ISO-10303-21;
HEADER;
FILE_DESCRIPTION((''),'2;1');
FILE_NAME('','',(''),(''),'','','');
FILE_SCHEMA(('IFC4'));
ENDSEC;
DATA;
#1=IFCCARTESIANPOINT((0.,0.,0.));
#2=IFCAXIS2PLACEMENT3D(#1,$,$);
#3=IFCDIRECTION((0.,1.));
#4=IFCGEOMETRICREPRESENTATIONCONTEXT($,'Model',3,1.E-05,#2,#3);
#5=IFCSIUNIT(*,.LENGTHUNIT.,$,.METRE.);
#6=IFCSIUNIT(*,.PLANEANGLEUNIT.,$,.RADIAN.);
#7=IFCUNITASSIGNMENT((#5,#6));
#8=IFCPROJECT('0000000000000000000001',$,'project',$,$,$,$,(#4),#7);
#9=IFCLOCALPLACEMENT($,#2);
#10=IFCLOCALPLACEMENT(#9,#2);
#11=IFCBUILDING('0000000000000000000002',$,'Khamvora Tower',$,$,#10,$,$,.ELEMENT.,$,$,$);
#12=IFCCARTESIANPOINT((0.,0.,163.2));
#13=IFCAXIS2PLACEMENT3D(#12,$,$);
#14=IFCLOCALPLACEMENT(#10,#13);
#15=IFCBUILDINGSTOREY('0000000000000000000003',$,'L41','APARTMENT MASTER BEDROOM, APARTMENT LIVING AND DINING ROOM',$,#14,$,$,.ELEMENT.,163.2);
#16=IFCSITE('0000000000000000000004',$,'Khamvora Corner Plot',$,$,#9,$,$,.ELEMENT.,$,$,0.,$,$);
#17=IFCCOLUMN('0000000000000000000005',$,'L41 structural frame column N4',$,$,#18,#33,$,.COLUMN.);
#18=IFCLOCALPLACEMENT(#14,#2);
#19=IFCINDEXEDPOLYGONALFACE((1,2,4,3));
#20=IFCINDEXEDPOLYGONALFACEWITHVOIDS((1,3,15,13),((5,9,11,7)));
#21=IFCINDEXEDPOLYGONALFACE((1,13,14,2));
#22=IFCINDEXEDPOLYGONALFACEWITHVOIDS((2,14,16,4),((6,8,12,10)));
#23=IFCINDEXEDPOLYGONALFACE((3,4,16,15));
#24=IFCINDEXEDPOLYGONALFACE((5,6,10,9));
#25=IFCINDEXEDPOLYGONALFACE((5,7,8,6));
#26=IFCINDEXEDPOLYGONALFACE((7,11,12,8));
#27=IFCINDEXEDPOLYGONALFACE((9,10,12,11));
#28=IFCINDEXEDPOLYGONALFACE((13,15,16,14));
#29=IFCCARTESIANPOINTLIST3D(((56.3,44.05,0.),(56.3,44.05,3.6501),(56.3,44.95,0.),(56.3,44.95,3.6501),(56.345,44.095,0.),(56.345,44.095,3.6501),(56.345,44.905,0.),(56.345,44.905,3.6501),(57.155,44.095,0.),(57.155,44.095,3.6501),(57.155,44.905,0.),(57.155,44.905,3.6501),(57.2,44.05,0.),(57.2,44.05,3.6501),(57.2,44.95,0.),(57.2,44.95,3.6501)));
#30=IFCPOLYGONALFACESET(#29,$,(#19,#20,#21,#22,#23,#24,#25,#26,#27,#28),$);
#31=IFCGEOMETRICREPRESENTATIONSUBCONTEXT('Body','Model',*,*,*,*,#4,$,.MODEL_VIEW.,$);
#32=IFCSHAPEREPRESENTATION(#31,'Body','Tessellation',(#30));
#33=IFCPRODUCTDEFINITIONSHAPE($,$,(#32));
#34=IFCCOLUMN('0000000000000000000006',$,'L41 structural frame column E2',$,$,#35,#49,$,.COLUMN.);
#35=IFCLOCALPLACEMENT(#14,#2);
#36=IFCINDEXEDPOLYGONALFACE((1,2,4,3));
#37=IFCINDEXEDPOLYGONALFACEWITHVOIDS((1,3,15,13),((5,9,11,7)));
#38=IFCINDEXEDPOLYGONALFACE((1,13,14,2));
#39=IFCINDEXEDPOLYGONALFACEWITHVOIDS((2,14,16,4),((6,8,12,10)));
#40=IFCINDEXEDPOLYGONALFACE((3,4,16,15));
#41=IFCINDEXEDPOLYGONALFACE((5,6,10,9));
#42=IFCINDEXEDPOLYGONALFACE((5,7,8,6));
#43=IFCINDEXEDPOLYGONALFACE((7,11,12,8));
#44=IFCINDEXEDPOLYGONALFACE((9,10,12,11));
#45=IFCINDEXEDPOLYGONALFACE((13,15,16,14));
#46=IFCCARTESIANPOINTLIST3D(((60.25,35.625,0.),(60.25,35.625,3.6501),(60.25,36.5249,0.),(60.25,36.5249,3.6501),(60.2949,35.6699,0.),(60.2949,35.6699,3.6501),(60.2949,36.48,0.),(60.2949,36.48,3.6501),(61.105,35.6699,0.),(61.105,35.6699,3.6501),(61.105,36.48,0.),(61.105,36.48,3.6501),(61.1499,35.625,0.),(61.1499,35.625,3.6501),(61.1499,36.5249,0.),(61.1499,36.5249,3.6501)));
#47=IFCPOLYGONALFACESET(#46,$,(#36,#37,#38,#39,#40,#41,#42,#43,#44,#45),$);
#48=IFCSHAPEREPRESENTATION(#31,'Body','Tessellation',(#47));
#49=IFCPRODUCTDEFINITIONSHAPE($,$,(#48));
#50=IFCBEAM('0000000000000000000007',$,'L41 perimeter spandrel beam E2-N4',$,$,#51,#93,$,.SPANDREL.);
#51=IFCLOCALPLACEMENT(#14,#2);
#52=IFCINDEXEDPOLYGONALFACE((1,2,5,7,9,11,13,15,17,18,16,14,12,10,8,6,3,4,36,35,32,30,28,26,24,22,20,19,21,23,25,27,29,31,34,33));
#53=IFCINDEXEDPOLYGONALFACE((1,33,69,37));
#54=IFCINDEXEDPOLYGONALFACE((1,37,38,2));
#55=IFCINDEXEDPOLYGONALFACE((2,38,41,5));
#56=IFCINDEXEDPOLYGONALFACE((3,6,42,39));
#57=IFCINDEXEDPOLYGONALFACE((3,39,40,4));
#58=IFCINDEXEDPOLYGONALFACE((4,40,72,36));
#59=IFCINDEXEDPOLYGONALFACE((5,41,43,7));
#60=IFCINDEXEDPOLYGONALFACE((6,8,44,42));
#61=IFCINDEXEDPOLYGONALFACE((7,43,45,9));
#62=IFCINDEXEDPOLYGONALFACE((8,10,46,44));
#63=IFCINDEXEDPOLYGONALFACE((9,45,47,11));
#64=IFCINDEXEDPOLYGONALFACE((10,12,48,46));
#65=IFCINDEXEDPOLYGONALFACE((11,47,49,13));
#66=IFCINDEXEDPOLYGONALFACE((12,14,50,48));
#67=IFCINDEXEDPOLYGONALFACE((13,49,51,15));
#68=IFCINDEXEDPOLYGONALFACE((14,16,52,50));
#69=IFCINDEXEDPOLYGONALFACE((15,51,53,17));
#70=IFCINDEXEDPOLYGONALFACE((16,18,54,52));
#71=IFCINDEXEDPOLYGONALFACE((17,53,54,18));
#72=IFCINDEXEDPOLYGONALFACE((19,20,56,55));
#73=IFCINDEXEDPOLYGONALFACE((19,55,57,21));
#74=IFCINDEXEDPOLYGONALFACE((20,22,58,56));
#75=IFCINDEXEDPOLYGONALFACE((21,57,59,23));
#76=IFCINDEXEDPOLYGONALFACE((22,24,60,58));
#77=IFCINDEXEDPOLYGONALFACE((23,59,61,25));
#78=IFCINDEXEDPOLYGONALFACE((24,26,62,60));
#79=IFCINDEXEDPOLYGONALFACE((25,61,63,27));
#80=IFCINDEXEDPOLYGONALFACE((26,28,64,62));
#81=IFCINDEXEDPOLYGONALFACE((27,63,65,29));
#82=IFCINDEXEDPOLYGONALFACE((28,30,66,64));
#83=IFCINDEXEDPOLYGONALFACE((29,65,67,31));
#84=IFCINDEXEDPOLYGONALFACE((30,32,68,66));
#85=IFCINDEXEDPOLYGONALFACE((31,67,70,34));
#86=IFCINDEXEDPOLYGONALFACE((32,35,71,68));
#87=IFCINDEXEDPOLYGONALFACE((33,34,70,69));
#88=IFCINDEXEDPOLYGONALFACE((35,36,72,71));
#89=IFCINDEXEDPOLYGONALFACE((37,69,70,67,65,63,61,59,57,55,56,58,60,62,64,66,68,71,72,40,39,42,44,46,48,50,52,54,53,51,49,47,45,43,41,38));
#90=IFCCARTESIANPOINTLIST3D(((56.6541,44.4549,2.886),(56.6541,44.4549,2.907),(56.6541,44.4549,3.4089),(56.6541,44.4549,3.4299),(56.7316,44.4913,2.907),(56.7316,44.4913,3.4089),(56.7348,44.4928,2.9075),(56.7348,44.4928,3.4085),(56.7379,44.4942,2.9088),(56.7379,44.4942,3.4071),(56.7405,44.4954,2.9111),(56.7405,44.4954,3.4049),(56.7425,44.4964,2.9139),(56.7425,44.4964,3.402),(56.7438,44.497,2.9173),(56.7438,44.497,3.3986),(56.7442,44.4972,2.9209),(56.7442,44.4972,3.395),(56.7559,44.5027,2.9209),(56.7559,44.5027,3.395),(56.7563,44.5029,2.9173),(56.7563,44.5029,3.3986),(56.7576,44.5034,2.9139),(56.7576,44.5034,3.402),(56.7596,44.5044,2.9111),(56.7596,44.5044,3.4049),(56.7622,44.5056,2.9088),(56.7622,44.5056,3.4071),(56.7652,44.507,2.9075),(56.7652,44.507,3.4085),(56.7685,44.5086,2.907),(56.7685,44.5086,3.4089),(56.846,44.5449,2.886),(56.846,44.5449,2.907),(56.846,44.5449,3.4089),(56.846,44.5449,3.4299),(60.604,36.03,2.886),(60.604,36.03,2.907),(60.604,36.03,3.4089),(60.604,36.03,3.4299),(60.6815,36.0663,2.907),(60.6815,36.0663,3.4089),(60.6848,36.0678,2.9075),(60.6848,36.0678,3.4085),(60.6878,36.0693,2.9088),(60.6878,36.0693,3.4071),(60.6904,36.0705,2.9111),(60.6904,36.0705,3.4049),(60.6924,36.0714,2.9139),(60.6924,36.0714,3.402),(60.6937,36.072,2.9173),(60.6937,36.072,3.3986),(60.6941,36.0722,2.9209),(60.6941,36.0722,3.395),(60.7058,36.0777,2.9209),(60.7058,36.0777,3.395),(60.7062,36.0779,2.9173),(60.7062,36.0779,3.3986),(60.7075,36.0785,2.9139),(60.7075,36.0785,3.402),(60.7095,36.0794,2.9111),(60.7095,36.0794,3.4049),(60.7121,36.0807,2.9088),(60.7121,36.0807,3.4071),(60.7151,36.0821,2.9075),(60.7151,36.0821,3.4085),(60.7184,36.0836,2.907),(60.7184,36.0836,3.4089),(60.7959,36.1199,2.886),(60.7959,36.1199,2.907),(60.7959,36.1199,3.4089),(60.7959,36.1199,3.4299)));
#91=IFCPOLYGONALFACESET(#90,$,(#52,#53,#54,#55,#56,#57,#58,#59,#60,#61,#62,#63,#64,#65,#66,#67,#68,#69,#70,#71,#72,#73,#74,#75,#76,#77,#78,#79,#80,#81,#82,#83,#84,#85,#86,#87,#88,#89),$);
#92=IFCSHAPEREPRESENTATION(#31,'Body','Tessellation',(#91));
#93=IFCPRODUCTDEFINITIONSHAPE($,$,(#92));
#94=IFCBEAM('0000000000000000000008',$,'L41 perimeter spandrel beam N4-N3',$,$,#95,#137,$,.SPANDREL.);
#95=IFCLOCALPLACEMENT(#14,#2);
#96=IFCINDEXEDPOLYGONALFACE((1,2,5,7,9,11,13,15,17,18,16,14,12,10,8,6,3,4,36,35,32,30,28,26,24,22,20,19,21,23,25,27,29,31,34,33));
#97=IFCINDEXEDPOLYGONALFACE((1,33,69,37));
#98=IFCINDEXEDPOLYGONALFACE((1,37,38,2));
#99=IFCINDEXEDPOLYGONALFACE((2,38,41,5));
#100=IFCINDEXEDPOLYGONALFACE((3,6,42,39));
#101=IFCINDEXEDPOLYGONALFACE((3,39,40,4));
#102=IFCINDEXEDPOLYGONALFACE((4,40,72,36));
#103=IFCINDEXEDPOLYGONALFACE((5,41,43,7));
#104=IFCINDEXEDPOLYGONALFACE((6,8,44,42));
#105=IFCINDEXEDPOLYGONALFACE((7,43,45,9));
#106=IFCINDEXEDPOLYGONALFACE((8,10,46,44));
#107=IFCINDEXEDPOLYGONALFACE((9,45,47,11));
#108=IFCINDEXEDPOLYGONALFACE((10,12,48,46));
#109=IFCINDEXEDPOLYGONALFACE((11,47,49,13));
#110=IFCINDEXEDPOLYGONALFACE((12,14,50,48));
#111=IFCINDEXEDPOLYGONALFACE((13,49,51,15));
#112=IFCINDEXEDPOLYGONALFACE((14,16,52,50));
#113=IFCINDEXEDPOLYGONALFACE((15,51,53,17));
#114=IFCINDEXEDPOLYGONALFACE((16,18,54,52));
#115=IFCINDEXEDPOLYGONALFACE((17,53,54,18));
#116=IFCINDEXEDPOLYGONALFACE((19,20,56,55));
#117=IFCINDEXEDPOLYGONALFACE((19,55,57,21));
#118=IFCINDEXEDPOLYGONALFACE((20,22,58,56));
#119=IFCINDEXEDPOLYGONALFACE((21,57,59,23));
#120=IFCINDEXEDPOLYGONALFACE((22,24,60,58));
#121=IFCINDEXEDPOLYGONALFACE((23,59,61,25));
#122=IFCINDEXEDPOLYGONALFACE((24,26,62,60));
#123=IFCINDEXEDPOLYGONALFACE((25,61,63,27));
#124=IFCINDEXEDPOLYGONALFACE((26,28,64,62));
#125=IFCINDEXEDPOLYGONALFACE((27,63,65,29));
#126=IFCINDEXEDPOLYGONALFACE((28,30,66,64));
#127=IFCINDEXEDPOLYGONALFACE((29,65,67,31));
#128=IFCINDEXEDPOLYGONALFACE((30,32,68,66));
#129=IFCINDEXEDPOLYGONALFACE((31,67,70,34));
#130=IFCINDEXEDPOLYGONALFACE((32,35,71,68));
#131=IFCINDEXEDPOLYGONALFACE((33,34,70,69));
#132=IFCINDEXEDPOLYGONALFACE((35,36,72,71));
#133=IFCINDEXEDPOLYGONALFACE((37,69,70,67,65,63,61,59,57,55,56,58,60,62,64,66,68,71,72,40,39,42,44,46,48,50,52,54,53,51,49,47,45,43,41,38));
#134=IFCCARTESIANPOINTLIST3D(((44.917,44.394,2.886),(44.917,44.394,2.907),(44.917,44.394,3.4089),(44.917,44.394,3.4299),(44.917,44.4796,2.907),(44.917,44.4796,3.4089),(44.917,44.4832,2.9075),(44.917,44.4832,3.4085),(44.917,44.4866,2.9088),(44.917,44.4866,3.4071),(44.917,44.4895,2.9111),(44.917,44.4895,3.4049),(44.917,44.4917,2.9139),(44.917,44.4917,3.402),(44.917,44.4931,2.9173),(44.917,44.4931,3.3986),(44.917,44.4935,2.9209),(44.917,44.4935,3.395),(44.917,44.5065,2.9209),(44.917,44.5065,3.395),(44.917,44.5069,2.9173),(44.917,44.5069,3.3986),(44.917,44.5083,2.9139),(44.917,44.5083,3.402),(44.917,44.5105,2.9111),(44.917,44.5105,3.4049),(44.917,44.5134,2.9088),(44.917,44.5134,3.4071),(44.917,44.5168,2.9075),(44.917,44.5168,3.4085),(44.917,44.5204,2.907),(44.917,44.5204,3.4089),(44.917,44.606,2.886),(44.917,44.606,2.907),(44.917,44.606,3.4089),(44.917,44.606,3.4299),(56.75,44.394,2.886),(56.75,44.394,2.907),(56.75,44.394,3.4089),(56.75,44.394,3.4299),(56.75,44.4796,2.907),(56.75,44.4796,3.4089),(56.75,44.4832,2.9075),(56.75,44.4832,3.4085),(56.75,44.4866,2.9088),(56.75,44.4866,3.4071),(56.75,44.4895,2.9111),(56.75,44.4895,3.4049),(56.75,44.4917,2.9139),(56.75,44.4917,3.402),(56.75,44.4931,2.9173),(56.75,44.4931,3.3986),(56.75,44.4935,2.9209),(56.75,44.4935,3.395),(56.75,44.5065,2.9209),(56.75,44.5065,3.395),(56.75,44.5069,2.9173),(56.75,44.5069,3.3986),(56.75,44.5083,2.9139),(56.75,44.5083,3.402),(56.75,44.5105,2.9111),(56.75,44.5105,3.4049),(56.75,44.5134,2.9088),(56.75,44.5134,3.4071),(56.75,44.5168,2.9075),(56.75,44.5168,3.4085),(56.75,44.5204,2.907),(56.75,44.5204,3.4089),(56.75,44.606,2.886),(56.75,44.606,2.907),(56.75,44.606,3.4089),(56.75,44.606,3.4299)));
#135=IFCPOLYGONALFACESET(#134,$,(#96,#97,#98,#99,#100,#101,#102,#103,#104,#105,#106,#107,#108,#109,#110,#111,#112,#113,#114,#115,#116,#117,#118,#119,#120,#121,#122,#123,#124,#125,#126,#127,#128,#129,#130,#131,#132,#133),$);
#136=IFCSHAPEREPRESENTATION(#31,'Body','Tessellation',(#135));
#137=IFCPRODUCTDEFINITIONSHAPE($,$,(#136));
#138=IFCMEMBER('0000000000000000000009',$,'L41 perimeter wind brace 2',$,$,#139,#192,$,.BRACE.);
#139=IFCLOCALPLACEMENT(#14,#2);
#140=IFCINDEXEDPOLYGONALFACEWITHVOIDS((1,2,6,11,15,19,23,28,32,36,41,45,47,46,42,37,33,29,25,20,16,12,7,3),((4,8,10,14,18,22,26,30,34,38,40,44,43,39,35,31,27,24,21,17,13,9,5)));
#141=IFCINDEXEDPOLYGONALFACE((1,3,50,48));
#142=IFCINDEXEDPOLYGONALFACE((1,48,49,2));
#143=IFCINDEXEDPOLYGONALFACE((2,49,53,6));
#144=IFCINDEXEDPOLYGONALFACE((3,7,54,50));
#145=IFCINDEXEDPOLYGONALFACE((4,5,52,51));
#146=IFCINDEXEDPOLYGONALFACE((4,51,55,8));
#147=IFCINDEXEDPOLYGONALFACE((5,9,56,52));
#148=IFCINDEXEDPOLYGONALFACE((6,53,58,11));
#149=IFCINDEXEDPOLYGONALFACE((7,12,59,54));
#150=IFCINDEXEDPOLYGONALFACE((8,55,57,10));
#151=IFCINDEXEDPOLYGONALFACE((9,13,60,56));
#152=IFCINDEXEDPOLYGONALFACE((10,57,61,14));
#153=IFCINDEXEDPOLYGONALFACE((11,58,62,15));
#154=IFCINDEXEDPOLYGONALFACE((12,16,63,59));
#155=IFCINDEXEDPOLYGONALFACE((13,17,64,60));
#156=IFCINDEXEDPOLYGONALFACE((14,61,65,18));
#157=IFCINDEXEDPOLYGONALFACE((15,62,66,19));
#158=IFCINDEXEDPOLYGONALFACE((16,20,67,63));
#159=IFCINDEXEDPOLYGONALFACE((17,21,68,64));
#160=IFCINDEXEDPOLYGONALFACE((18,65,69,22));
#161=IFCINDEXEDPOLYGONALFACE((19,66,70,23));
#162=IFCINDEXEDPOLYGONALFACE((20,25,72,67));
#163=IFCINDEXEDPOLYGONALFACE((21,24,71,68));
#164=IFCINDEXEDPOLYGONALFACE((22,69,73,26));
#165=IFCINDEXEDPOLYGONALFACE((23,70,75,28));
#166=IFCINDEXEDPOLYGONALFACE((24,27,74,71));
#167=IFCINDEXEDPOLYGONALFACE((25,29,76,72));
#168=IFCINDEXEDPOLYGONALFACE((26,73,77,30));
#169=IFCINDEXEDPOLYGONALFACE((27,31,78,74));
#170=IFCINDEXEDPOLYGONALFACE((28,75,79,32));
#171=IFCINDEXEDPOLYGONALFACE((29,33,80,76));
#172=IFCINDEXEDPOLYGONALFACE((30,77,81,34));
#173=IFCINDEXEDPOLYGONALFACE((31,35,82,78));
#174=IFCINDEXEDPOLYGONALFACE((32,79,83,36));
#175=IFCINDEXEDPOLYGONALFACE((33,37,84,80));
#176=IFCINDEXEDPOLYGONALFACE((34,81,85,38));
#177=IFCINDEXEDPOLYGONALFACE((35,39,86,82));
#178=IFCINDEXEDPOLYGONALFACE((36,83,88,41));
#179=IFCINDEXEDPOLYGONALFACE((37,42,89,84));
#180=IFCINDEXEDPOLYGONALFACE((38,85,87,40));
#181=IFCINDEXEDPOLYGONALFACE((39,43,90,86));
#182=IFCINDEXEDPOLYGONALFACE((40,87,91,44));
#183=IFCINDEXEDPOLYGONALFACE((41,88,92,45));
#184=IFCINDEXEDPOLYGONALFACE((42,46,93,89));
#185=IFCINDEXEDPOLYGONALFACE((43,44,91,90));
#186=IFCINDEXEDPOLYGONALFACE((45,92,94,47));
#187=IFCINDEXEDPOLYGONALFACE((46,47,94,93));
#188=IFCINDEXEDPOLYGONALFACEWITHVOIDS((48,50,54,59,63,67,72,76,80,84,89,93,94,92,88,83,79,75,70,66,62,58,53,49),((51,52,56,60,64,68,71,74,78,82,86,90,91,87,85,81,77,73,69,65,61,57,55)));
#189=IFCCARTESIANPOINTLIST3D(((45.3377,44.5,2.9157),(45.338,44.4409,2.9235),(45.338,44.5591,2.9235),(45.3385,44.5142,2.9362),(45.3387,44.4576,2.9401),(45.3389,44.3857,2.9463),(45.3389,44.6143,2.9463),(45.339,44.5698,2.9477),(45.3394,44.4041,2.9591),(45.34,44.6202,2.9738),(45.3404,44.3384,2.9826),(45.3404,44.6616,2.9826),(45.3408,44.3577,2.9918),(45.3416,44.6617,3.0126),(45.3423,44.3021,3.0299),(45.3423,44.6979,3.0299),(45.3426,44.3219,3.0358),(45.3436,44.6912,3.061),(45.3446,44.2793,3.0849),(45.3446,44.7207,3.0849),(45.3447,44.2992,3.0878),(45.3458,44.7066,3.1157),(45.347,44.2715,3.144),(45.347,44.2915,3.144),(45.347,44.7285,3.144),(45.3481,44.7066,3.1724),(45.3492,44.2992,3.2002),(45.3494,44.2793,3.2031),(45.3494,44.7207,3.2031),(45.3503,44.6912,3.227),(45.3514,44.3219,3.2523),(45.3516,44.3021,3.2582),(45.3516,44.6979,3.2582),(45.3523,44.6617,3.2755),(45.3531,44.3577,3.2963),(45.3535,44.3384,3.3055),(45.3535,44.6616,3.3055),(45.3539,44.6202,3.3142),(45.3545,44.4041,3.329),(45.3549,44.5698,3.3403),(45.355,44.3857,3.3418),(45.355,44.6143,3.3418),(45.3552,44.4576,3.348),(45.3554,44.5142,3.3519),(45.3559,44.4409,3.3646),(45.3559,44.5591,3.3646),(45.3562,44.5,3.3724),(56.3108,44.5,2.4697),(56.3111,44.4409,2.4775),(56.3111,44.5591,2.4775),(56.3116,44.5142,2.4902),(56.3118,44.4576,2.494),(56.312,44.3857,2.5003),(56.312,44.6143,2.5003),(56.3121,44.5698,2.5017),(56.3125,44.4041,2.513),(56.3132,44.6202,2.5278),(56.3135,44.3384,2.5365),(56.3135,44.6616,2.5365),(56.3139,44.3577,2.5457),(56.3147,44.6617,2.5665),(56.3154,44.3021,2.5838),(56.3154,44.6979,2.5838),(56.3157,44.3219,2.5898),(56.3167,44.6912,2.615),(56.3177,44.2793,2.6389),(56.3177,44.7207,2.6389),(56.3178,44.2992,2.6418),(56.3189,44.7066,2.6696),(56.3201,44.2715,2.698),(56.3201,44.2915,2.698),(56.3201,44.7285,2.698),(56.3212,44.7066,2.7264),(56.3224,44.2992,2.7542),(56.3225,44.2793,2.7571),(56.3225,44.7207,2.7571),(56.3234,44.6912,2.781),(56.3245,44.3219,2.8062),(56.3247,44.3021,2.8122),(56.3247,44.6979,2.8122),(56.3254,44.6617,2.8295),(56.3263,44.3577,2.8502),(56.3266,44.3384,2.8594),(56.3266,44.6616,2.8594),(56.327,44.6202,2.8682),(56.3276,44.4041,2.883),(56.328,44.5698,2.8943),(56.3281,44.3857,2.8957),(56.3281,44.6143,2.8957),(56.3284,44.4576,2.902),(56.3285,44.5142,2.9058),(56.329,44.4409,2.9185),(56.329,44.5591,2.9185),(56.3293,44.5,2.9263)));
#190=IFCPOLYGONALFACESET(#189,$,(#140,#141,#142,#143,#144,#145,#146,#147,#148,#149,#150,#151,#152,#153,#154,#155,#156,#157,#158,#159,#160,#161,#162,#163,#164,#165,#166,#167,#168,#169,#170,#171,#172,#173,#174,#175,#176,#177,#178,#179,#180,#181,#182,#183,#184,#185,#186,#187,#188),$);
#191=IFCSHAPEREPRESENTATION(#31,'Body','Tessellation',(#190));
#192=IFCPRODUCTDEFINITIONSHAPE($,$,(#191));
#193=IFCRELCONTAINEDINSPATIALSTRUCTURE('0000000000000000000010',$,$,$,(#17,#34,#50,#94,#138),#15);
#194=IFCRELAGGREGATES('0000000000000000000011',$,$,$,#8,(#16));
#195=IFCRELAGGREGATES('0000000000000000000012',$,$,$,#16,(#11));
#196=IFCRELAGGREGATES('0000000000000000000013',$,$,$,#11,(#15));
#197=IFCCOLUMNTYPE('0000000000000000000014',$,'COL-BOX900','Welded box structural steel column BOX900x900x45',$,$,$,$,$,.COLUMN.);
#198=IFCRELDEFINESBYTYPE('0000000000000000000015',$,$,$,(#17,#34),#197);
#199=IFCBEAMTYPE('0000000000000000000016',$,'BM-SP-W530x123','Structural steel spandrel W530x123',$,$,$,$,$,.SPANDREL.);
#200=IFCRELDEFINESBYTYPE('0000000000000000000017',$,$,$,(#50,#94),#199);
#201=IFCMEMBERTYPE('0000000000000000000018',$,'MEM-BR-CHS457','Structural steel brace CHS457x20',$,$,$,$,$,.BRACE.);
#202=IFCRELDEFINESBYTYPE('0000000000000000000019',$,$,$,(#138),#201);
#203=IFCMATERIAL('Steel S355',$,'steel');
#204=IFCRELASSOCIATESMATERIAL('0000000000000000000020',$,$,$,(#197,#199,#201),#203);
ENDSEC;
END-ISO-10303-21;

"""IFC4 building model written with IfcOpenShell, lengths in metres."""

from ifc_helpers import new_model, si_unit, direction, frame, origin, origin_2d, place, context, subcontext, project, spatial, hollow_rectangle, hollow_circle, i_section, extrude, material, material_profile, profile_set, type_object, element, save


model = new_model("IFC4")

# Units and contexts
model_context = context("Model", 3, precision=1e-05, world=origin(), true_north=direction((0.0, 1.0)))
body_context = subcontext(model_context, "Body", "Model", "MODEL_VIEW")
ifc_project = project(units=[si_unit("LENGTHUNIT", "METRE"), si_unit("PLANEANGLEUNIT", "RADIAN")], contexts=[model_context])

# Site, building, storey
site_placement = place(None, origin())
site = spatial("IfcSite", under=ifc_project, at=site_placement, Name="Khamvora Corner Plot", CompositionType="ELEMENT", RefElevation=0.0)
building_placement = place(site_placement, origin())
building = spatial("IfcBuilding", under=site, at=building_placement, Name="Khamvora Tower", CompositionType="ELEMENT")
storey_placement = place(building_placement, frame((0.0, 0.0, 163.2)))
storey = spatial("IfcBuildingStorey", under=building, at=storey_placement, Name="L41", Description="APARTMENT MASTER BEDROOM, APARTMENT LIVING AND DINING ROOM", CompositionType="ELEMENT", Elevation=163.2)

# Columns
ifc_material_1 = material(Name="Steel S355", Category="steel")
ifc_material_profile_1 = material_profile(ifc_material_1, hollow_rectangle(XDim=0.8999, YDim=0.8999, WallThickness=0.0449, at=origin_2d()), Name="BOX900x900x45")
ifc_profile_set_1 = profile_set([ifc_material_profile_1], Name="Steel S355")
column_type = type_object("IfcColumnType", Name="COL-BOX900", Description="Welded box structural steel column BOX900x900x45", PredefinedType="COLUMN", material=ifc_profile_set_1)
for number, where, z_axis, x_axis, name in (
    (1, (56.75, 44.5, 0.0), (0.0, 0.0, 1.0), (1.0, 0.0, 0.0), "L41 structural frame column N4"),
    (2, (60.7, 36.075, 0.0), (0.0, 0.0, 1.0), (1.0, 0.0, 0.0), "L41 structural frame column E2"),
):
    element("IfcColumn", number, at=place(storey_placement, frame(where, z_axis=z_axis, x_axis=x_axis)), inside=storey, type_object=column_type, Name=name, PredefinedType="COLUMN", context=body_context, shape_type="SweptSolid", body=[
        extrude(hollow_rectangle(XDim=0.8999, YDim=0.8999, WallThickness=0.0449, at=origin_2d()), origin(), (0.0, 0.0, 1.0), 3.6501),
    ])

# Beams
ifc_material_profile_2 = material_profile(ifc_material_1, i_section(OverallWidth=0.2119, OverallDepth=0.5439, WebThickness=0.0129, FlangeThickness=0.021, FilletRadius=0.0139, at=origin_2d()), Name="W530x123")
ifc_profile_set_2 = profile_set([ifc_material_profile_2], Name="Steel S355")
beam_type = type_object("IfcBeamType", Name="BM-SP-W530x123", Description="Structural steel spandrel W530x123", PredefinedType="SPANDREL", material=ifc_profile_set_2)
beam_1_placement = place(storey_placement, frame((60.7, 36.075, 3.158), z_axis=(-0.424496, 0.90543, 0.0), x_axis=(-0.90543, -0.424496, 0.0)))
element("IfcBeam", 3, at=beam_1_placement, inside=storey, type_object=beam_type, Name="L41 perimeter spandrel beam E2-N4", PredefinedType="SPANDREL", context=body_context, shape_type="SweptSolid", body=[
    extrude(i_section(OverallWidth=0.2119, OverallDepth=0.5439, WebThickness=0.0129, FlangeThickness=0.021, FilletRadius=0.0139, at=origin_2d()), origin(), (0.0, 0.0, 1.0), 9.3049),
])
beam_2_placement = place(storey_placement, frame((56.75, 44.5, 3.158), z_axis=(-1.0, 0.0, 0.0), x_axis=(0.0, -1.0, 0.0)))
element("IfcBeam", 4, at=beam_2_placement, inside=storey, type_object=beam_type, Name="L41 perimeter spandrel beam N4-N3", PredefinedType="SPANDREL", context=body_context, shape_type="SweptSolid", body=[
    extrude(i_section(OverallWidth=0.2119, OverallDepth=0.5439, WebThickness=0.0129, FlangeThickness=0.021, FilletRadius=0.0139, at=origin_2d()), origin(), (0.0, 0.0, 1.0), 11.833),
])

# Member
ifc_material_profile_3 = material_profile(ifc_material_1, hollow_circle(Radius=0.2285, WallThickness=0.02, at=origin_2d()), Name="CHS457x20")
ifc_profile_set_3 = profile_set([ifc_material_profile_3], Name="Steel S355")
member_type = type_object("IfcMemberType", Name="MEM-BR-CHS457", Description="Structural steel brace CHS457x20", PredefinedType="BRACE", material=ifc_profile_set_3)
member_placement = place(storey_placement, frame((56.3201, 44.5, 2.698), z_axis=(-0.999175, 0.0, 0.040615), x_axis=(0.0, -1.0, 0.0)))
element("IfcMember", 5, at=member_placement, inside=storey, type_object=member_type, Name="L41 perimeter wind brace 2", PredefinedType="BRACE", context=body_context, shape_type="SweptSolid", body=[
    extrude(hollow_circle(Radius=0.2285, WallThickness=0.02, at=origin_2d()), origin(), (0.0, 0.0, 1.0), 10.9822),
])

save(model, "model.ifc")
